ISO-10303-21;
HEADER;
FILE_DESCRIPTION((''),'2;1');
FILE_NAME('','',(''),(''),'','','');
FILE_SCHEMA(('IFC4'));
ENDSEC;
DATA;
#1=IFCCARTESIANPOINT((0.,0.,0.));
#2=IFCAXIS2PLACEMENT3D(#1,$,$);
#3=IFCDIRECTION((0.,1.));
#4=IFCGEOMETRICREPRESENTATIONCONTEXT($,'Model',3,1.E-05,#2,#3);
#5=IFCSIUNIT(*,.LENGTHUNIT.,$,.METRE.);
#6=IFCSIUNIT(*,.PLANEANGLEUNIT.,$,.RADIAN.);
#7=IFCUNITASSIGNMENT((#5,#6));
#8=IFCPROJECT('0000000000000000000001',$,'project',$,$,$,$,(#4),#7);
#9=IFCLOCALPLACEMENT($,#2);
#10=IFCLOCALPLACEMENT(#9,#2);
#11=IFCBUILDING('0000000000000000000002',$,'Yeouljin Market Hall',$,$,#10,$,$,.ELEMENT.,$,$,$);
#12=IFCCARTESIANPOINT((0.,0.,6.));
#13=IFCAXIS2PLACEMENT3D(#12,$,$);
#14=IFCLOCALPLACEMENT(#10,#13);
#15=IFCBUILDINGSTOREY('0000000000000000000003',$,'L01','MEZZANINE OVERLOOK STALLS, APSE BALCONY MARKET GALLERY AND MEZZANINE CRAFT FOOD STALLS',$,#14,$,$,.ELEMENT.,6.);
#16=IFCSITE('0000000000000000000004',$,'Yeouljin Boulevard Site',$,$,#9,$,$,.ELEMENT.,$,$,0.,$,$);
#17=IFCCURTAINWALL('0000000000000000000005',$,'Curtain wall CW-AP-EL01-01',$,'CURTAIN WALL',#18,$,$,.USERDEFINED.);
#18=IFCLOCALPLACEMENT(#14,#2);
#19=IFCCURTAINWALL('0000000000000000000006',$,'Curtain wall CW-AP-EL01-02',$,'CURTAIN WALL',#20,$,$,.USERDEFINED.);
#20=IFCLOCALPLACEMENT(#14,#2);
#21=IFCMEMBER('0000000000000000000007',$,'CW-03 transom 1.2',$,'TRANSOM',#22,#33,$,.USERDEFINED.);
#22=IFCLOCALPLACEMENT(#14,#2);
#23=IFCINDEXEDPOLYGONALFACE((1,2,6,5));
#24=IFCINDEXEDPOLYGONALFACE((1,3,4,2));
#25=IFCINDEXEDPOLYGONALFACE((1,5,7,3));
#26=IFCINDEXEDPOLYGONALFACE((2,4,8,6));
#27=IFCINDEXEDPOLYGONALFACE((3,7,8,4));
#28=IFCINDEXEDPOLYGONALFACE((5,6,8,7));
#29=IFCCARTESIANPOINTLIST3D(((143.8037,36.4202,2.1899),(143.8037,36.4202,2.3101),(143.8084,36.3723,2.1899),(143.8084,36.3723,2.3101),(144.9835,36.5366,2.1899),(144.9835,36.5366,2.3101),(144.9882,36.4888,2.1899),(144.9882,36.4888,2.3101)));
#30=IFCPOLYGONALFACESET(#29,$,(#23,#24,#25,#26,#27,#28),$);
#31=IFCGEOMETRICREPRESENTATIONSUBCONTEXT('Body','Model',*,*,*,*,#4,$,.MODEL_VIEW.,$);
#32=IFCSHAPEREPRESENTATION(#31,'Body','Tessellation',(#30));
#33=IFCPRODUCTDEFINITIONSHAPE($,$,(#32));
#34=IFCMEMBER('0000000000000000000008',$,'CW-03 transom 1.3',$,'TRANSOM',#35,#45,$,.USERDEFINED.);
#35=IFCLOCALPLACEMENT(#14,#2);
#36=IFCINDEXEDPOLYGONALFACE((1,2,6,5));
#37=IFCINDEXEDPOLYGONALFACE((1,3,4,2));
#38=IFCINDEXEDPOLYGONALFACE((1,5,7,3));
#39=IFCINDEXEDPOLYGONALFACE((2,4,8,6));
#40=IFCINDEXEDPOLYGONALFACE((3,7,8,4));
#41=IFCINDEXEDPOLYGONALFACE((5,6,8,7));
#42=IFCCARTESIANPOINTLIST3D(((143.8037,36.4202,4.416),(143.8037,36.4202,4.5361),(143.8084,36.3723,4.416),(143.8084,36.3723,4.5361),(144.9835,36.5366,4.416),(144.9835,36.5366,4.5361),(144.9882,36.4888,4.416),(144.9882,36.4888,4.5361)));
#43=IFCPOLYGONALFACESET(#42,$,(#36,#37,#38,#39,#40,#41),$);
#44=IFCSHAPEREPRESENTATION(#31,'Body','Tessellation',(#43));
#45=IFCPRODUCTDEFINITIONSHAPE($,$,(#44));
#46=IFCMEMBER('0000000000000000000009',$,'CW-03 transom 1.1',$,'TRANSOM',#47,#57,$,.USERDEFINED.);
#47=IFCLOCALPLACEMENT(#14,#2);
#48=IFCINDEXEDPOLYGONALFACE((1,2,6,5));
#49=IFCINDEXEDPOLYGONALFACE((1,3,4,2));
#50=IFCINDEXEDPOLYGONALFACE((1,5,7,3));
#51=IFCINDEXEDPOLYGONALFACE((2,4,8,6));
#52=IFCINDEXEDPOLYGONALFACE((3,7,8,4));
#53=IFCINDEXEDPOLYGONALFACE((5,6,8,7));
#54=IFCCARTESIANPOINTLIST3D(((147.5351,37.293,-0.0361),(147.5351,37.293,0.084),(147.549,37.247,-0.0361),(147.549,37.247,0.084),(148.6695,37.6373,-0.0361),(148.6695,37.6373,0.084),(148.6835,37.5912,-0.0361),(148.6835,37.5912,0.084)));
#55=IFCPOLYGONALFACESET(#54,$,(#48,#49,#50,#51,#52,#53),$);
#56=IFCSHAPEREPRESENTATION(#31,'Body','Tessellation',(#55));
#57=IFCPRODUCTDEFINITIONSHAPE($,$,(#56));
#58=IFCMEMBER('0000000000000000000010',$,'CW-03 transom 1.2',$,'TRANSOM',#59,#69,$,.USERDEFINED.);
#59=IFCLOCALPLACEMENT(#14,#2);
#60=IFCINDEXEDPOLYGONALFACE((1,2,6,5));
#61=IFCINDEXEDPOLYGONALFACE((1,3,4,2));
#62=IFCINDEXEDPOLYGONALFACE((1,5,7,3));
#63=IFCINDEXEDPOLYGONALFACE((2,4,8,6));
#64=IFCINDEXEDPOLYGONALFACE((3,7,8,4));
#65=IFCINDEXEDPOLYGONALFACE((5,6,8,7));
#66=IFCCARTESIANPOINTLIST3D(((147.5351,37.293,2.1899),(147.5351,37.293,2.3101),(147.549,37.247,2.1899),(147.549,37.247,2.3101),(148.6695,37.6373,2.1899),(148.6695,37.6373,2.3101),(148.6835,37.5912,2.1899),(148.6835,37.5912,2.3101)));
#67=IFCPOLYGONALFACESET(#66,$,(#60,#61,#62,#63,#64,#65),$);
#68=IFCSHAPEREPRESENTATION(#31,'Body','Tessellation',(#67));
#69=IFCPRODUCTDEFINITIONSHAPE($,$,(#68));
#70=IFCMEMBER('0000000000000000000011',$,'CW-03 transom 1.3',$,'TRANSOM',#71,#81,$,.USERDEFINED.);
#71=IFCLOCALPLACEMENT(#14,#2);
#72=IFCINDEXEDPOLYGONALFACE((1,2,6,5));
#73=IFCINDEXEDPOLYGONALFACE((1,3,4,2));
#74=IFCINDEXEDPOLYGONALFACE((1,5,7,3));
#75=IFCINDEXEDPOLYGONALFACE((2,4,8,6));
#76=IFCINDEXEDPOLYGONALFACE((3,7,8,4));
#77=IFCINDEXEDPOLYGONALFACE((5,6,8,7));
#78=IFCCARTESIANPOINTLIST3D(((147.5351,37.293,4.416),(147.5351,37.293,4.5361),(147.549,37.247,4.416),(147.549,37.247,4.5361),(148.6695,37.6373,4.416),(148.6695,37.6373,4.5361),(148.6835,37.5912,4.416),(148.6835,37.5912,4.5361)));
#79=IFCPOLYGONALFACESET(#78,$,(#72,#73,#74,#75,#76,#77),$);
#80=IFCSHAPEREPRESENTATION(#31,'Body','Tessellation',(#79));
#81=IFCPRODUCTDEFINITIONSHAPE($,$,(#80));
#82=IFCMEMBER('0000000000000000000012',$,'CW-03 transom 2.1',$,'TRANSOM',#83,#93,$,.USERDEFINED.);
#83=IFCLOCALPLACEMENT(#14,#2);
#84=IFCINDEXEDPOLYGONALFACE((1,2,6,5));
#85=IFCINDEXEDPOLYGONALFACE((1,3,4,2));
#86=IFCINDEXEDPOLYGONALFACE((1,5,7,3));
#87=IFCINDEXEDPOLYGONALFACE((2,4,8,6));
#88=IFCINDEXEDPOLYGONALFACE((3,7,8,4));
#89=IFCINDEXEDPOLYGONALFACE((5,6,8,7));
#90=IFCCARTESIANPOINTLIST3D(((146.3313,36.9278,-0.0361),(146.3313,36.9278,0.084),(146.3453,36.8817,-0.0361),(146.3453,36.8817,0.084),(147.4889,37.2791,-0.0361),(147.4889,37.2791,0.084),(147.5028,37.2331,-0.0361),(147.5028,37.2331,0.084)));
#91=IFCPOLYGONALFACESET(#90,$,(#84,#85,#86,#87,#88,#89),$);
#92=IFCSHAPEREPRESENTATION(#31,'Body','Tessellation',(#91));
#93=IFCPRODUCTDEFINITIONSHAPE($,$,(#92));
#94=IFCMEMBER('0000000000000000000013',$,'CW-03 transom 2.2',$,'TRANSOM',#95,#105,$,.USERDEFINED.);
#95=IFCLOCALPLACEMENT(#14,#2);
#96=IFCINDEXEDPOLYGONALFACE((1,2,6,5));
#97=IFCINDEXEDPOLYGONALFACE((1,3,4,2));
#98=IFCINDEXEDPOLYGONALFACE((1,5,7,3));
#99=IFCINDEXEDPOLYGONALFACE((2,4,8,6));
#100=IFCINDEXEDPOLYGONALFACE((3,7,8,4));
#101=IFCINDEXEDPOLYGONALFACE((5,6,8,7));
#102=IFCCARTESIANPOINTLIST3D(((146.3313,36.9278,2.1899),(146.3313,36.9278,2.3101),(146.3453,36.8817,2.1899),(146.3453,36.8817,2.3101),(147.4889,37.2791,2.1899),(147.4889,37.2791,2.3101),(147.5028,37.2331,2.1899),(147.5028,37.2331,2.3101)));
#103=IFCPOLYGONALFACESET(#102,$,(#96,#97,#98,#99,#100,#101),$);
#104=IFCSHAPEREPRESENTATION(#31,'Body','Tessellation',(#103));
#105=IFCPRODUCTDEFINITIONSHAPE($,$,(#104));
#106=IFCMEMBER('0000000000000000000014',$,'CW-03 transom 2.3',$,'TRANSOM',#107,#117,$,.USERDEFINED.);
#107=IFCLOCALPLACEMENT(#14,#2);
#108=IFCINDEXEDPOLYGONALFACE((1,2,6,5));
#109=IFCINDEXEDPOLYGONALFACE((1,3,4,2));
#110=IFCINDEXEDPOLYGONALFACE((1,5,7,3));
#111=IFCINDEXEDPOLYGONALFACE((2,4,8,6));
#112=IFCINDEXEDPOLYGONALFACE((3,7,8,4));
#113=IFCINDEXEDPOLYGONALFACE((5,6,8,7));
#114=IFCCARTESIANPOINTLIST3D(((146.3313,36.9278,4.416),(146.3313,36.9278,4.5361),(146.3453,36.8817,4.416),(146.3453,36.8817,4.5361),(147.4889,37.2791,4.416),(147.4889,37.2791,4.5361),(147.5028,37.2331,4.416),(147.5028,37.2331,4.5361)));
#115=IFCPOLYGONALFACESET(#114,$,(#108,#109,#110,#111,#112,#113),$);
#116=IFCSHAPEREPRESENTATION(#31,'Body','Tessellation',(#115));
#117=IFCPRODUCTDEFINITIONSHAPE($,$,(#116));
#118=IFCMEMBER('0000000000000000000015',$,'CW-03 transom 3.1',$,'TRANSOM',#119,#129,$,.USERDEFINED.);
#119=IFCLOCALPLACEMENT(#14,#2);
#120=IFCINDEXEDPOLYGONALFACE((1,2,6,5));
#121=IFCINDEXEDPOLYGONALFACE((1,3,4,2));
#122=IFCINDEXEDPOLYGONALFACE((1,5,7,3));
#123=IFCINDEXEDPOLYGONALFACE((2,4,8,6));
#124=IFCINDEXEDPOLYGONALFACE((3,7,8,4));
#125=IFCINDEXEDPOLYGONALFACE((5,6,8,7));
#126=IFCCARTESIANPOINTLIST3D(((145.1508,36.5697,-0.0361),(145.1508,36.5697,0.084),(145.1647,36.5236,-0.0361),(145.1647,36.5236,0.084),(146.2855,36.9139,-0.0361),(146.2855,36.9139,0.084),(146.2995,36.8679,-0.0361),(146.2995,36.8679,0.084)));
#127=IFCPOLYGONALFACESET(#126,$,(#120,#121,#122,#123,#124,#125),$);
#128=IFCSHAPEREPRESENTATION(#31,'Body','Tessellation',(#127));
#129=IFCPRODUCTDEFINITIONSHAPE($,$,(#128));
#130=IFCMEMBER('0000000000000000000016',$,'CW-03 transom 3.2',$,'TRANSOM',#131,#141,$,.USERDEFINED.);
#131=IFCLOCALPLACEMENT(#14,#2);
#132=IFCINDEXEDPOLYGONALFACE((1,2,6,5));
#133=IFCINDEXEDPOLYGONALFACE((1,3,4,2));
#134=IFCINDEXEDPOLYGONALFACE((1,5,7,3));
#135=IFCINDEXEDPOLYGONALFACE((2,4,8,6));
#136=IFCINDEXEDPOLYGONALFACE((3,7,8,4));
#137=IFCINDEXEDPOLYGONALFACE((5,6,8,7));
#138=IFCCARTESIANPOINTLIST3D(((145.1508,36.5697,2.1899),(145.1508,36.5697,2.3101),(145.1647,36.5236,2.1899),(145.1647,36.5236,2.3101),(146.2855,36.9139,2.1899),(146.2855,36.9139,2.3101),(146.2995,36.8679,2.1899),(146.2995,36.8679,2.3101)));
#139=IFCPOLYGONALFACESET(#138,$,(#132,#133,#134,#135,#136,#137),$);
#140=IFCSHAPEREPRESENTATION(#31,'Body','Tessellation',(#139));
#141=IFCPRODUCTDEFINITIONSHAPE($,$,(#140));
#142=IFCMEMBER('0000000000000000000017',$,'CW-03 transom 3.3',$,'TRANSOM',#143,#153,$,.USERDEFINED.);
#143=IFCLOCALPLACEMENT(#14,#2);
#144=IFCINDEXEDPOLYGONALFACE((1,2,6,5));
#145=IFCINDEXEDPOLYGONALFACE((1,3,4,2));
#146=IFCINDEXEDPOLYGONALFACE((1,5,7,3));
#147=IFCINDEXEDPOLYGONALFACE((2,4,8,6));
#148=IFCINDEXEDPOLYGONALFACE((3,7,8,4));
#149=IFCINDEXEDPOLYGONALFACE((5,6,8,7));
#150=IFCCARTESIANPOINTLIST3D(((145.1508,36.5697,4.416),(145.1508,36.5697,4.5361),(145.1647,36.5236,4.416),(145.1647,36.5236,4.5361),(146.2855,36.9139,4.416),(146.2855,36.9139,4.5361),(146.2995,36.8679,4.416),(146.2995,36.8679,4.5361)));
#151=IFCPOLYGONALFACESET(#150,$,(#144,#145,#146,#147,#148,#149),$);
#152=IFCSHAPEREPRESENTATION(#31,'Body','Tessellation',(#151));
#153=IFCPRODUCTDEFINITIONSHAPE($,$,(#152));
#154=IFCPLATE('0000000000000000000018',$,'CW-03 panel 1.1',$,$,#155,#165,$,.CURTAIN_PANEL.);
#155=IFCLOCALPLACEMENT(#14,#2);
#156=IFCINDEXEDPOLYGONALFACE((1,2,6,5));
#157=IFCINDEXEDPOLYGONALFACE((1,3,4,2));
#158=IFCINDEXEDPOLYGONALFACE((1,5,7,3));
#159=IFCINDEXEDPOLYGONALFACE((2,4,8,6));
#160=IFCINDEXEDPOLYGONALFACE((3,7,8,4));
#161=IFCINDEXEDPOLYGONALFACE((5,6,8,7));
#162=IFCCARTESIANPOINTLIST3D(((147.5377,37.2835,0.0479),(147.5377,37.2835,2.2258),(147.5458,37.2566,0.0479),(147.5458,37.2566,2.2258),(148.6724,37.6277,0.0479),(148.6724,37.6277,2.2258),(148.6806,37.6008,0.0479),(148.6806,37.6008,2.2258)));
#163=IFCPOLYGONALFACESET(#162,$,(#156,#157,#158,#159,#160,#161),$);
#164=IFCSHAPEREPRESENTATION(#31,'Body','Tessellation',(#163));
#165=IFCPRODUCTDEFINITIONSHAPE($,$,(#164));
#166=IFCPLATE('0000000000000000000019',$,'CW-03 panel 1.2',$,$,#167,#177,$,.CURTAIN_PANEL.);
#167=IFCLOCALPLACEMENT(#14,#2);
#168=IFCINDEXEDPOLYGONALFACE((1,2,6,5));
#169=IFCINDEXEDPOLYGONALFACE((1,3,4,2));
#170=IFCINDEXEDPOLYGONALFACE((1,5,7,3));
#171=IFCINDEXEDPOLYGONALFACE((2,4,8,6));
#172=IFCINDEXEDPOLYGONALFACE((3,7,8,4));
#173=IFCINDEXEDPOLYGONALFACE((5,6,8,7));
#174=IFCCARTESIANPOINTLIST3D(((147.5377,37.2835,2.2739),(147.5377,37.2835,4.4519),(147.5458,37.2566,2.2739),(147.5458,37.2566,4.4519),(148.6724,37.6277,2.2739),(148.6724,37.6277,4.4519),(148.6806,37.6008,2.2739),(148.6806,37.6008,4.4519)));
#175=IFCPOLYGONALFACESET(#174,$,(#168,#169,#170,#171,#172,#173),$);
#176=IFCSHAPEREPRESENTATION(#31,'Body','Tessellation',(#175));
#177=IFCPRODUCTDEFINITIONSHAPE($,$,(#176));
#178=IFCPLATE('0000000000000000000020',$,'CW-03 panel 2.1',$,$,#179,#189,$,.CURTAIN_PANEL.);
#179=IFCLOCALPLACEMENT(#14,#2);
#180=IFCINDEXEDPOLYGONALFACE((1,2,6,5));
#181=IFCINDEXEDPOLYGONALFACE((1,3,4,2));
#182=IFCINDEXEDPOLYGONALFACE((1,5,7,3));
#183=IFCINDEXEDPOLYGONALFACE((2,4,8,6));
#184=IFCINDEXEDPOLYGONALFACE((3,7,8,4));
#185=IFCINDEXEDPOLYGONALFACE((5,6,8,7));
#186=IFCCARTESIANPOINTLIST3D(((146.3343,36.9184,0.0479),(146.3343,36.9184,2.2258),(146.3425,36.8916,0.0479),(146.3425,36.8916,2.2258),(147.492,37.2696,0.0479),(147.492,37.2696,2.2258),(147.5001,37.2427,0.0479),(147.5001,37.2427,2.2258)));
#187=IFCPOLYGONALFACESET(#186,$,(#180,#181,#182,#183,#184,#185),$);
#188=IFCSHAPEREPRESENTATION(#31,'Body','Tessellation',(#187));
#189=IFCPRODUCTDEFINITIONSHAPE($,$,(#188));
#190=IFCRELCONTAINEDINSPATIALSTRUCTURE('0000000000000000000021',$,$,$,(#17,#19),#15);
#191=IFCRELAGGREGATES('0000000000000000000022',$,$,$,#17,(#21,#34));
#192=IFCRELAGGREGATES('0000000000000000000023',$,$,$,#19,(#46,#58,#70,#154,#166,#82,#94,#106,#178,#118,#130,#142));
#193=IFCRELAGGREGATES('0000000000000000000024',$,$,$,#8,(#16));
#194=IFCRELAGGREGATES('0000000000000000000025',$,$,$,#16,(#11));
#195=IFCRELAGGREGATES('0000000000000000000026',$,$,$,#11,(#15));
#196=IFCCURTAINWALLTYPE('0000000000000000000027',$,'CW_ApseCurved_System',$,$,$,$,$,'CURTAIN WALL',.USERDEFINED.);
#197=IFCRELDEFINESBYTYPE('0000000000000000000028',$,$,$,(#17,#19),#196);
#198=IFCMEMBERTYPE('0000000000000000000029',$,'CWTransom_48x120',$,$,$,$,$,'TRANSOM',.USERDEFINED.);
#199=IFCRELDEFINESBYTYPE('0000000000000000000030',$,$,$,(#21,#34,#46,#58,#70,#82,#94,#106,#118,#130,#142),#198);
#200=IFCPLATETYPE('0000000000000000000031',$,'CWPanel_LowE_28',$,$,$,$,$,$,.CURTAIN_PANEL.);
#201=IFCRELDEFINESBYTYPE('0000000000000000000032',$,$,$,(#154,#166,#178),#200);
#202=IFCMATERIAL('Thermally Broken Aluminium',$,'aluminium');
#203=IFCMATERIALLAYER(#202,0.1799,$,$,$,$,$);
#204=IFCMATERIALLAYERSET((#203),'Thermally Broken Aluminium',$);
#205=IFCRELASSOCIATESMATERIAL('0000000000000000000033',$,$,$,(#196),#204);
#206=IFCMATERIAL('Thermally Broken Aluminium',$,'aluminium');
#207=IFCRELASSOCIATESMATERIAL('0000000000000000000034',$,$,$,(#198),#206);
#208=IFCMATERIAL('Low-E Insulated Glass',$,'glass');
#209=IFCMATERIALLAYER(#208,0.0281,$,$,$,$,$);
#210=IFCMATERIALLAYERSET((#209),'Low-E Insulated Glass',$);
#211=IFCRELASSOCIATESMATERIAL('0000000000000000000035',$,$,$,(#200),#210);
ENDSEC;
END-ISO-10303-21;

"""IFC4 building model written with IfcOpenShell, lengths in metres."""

from ifc_helpers import new_model, si_unit, direction, frame, origin, origin_2d, place, context, subcontext, project, spatial, rectangle, extrude, material, layer, layer_set, material_profile, profile_set, type_object, element, aggregate, save


model = new_model("IFC4")

# Units and contexts
model_context = context("Model", 3, precision=1e-05, world=origin(), true_north=direction((0.0, 1.0)))
body_context = subcontext(model_context, "Body", "Model", "MODEL_VIEW")
ifc_project = project(units=[si_unit("LENGTHUNIT", "METRE"), si_unit("PLANEANGLEUNIT", "RADIAN")], contexts=[model_context])

# Site, building, storey
site_placement = place(None, origin())
site = spatial("IfcSite", under=ifc_project, at=site_placement, Name="Yeouljin Boulevard Site", CompositionType="ELEMENT", RefElevation=0.0)
building_placement = place(site_placement, origin())
building = spatial("IfcBuilding", under=site, at=building_placement, Name="Yeouljin Market Hall", CompositionType="ELEMENT")
storey_placement = place(building_placement, frame((0.0, 0.0, 6.0)))
storey = spatial("IfcBuildingStorey", under=building, at=storey_placement, Name="L01", Description="MEZZANINE OVERLOOK STALLS, APSE BALCONY MARKET GALLERY AND MEZZANINE CRAFT FOOD STALLS", CompositionType="ELEMENT", Elevation=6.0)

# Curtain wall
ifc_material_1 = material(Name="Thermally Broken Aluminium", Category="aluminium")
ifc_layer_1 = layer(ifc_material_1, 0.1799)
ifc_layer_set_1 = layer_set([ifc_layer_1], Name="Thermally Broken Aluminium")
curtain_wall_type = type_object("IfcCurtainWallType", Name="CW_ApseCurved_System", ElementType="CURTAIN WALL", PredefinedType="USERDEFINED", material=ifc_layer_set_1)
curtain_wall_1_placement = place(storey_placement, origin())
curtain_wall_1 = element("IfcCurtainWall", 1, at=curtain_wall_1_placement, inside=storey, type_object=curtain_wall_type, Name="Curtain wall CW-AP-EL01-01", ObjectType="CURTAIN WALL", PredefinedType="USERDEFINED")

# Curtain wall
curtain_wall_2_placement = place(storey_placement, origin())
curtain_wall_2 = element("IfcCurtainWall", 2, at=curtain_wall_2_placement, inside=storey, type_object=curtain_wall_type, Name="Curtain wall CW-AP-EL01-02", ObjectType="CURTAIN WALL", PredefinedType="USERDEFINED")

# Members
ifc_material_2 = material(Name="Thermally Broken Aluminium", Category="aluminium")
ifc_material_profile_1 = material_profile(ifc_material_2, rectangle(XDim=0.0481, YDim=0.1201, at=origin_2d()), Name="CW-TRAN-48x120")
ifc_profile_set_1 = profile_set([ifc_material_profile_1], Name="Thermally Broken Aluminium")
member_type_1 = type_object("IfcMemberType", Name="CWTransom_48x120", ElementType="TRANSOM", PredefinedType="USERDEFINED", material=ifc_profile_set_1)
member_1_placement = place(storey_placement, frame((144.9858, 36.5127, 2.25), z_axis=(-0.995165, -0.098219, 0.0), x_axis=(0.098219, -0.995165, 0.0)))
member_1 = element("IfcMember", 3, at=member_1_placement, type_object=member_type_1, Name="CW-03 transom 1.2", ObjectType="TRANSOM", PredefinedType="USERDEFINED", context=body_context, shape_type="SweptSolid", body=[
    extrude(rectangle(XDim=0.0481, YDim=0.1201, at=origin_2d()), origin(), (0.0, 0.0, 1.0), 1.1855),
])
member_2_placement = place(storey_placement, frame((144.9858, 36.5127, 4.4761), z_axis=(-0.995165, -0.098219, 0.0), x_axis=(0.098219, -0.995165, 0.0)))
member_2 = element("IfcMember", 4, at=member_2_placement, type_object=member_type_1, Name="CW-03 transom 1.3", ObjectType="TRANSOM", PredefinedType="USERDEFINED", context=body_context, shape_type="SweptSolid", body=[
    extrude(rectangle(XDim=0.0481, YDim=0.1201, at=origin_2d()), origin(), (0.0, 0.0, 1.0), 1.1855),
])
aggregate(curtain_wall_1, [member_1, member_2])
member_3_placement = place(storey_placement, frame((148.6765, 37.6143, 0.0239), z_axis=(-0.95692, -0.29035, 0.0), x_axis=(0.29035, -0.95692, 0.0)))
member_3 = element("IfcMember", 5, at=member_3_placement, type_object=member_type_1, Name="CW-03 transom 1.1", ObjectType="TRANSOM", PredefinedType="USERDEFINED", context=body_context, shape_type="SweptSolid", body=[
    extrude(rectangle(XDim=0.0481, YDim=0.1201, at=origin_2d()), origin(), (0.0, 0.0, 1.0), 1.1855),
])
member_4_placement = place(storey_placement, frame((148.6765, 37.6143, 2.25), z_axis=(-0.95692, -0.29035, 0.0), x_axis=(0.29035, -0.95692, 0.0)))
member_4 = element("IfcMember", 6, at=member_4_placement, type_object=member_type_1, Name="CW-03 transom 1.2", ObjectType="TRANSOM", PredefinedType="USERDEFINED", context=body_context, shape_type="SweptSolid", body=[
    extrude(rectangle(XDim=0.0481, YDim=0.1201, at=origin_2d()), origin(), (0.0, 0.0, 1.0), 1.1855),
])
member_5_placement = place(storey_placement, frame((148.6765, 37.6143, 4.4761), z_axis=(-0.95692, -0.29035, 0.0), x_axis=(0.29035, -0.95692, 0.0)))
member_5 = element("IfcMember", 7, at=member_5_placement, type_object=member_type_1, Name="CW-03 transom 1.3", ObjectType="TRANSOM", PredefinedType="USERDEFINED", context=body_context, shape_type="SweptSolid", body=[
    extrude(rectangle(XDim=0.0481, YDim=0.1201, at=origin_2d()), origin(), (0.0, 0.0, 1.0), 1.1855),
])
member_6_placement = place(storey_placement, frame((147.4958, 37.2561, 0.0239), z_axis=(-0.956894, -0.290439, 0.0), x_axis=(0.290439, -0.956894, 0.0)))
member_6 = element("IfcMember", 8, at=member_6_placement, type_object=member_type_1, Name="CW-03 transom 2.1", ObjectType="TRANSOM", PredefinedType="USERDEFINED", context=body_context, shape_type="SweptSolid", body=[
    extrude(rectangle(XDim=0.0481, YDim=0.1201, at=origin_2d()), origin(), (0.0, 0.0, 1.0), 1.2097),
])
member_7_placement = place(storey_placement, frame((147.4958, 37.2561, 2.25), z_axis=(-0.956894, -0.290439, 0.0), x_axis=(0.290439, -0.956894, 0.0)))
member_7 = element("IfcMember", 9, at=member_7_placement, type_object=member_type_1, Name="CW-03 transom 2.2", ObjectType="TRANSOM", PredefinedType="USERDEFINED", context=body_context, shape_type="SweptSolid", body=[
    extrude(rectangle(XDim=0.0481, YDim=0.1201, at=origin_2d()), origin(), (0.0, 0.0, 1.0), 1.2097),
])
member_8_placement = place(storey_placement, frame((147.4958, 37.2561, 4.4761), z_axis=(-0.956894, -0.290439, 0.0), x_axis=(0.290439, -0.956894, 0.0)))
member_8 = element("IfcMember", 10, at=member_8_placement, type_object=member_type_1, Name="CW-03 transom 2.3", ObjectType="TRANSOM", PredefinedType="USERDEFINED", context=body_context, shape_type="SweptSolid", body=[
    extrude(rectangle(XDim=0.0481, YDim=0.1201, at=origin_2d()), origin(), (0.0, 0.0, 1.0), 1.2097),
])
member_9_placement = place(storey_placement, frame((146.2925, 36.8909, 0.0239), z_axis=(-0.956938, -0.290293, 0.0), x_axis=(0.290293, -0.956938, 0.0)))
member_9 = element("IfcMember", 11, at=member_9_placement, type_object=member_type_1, Name="CW-03 transom 3.1", ObjectType="TRANSOM", PredefinedType="USERDEFINED", context=body_context, shape_type="SweptSolid", body=[
    extrude(rectangle(XDim=0.0481, YDim=0.1201, at=origin_2d()), origin(), (0.0, 0.0, 1.0), 1.1858),
])
member_10_placement = place(storey_placement, frame((146.2925, 36.8909, 2.25), z_axis=(-0.956938, -0.290293, 0.0), x_axis=(0.290293, -0.956938, 0.0)))
member_10 = element("IfcMember", 12, at=member_10_placement, type_object=member_type_1, Name="CW-03 transom 3.2", ObjectType="TRANSOM", PredefinedType="USERDEFINED", context=body_context, shape_type="SweptSolid", body=[
    extrude(rectangle(XDim=0.0481, YDim=0.1201, at=origin_2d()), origin(), (0.0, 0.0, 1.0), 1.1858),
])
member_11_placement = place(storey_placement, frame((146.2925, 36.8909, 4.4761), z_axis=(-0.956938, -0.290293, 0.0), x_axis=(0.290293, -0.956938, 0.0)))
member_11 = element("IfcMember", 13, at=member_11_placement, type_object=member_type_1, Name="CW-03 transom 3.3", ObjectType="TRANSOM", PredefinedType="USERDEFINED", context=body_context, shape_type="SweptSolid", body=[
    extrude(rectangle(XDim=0.0481, YDim=0.1201, at=origin_2d()), origin(), (0.0, 0.0, 1.0), 1.1858),
])

# Plates
ifc_material_3 = material(Name="Low-E Insulated Glass", Category="glass")
ifc_layer_2 = layer(ifc_material_3, 0.0281)
ifc_layer_set_2 = layer_set([ifc_layer_2], Name="Low-E Insulated Glass")
plate_type = type_object("IfcPlateType", Name="CWPanel_LowE_28", PredefinedType="CURTAIN_PANEL", material=ifc_layer_set_2)
plate_1_placement = place(storey_placement, frame((148.1091, 37.4421, 0.0479), z_axis=(0.0, 0.0, 1.0), x_axis=(-0.95694, -0.290286, 0.0)))
plate_1 = element("IfcPlate", 14, at=plate_1_placement, type_object=plate_type, Name="CW-03 panel 1.1", PredefinedType="CURTAIN_PANEL", context=body_context, shape_type="SweptSolid", body=[
    extrude(rectangle(XDim=1.1858, YDim=0.0281, at=origin_2d()), origin(), (0.0, 0.0, 1.0), 2.178),
])
plate_2_placement = place(storey_placement, frame((148.1091, 37.4421, 2.2739), z_axis=(0.0, 0.0, 1.0), x_axis=(-0.95694, -0.290286, 0.0)))
plate_2 = element("IfcPlate", 15, at=plate_2_placement, type_object=plate_type, Name="CW-03 panel 1.2", PredefinedType="CURTAIN_PANEL", context=body_context, shape_type="SweptSolid", body=[
    extrude(rectangle(XDim=1.1858, YDim=0.0281, at=origin_2d()), origin(), (0.0, 0.0, 1.0), 2.178),
])
plate_3_placement = place(storey_placement, frame((146.9172, 37.0806, 0.0479), z_axis=(0.0, 0.0, 1.0), x_axis=(-0.95694, -0.290286, 0.0)))
plate_3 = element("IfcPlate", 16, at=plate_3_placement, type_object=plate_type, Name="CW-03 panel 2.1", PredefinedType="CURTAIN_PANEL", context=body_context, shape_type="SweptSolid", body=[
    extrude(rectangle(XDim=1.2097, YDim=0.0281, at=origin_2d()), origin(), (0.0, 0.0, 1.0), 2.178),
])
aggregate(curtain_wall_2, [member_3, member_4, member_5, plate_1, plate_2, member_6, member_7, member_8, plate_3, member_9, member_10, member_11])

save(model, "model.ifc")
